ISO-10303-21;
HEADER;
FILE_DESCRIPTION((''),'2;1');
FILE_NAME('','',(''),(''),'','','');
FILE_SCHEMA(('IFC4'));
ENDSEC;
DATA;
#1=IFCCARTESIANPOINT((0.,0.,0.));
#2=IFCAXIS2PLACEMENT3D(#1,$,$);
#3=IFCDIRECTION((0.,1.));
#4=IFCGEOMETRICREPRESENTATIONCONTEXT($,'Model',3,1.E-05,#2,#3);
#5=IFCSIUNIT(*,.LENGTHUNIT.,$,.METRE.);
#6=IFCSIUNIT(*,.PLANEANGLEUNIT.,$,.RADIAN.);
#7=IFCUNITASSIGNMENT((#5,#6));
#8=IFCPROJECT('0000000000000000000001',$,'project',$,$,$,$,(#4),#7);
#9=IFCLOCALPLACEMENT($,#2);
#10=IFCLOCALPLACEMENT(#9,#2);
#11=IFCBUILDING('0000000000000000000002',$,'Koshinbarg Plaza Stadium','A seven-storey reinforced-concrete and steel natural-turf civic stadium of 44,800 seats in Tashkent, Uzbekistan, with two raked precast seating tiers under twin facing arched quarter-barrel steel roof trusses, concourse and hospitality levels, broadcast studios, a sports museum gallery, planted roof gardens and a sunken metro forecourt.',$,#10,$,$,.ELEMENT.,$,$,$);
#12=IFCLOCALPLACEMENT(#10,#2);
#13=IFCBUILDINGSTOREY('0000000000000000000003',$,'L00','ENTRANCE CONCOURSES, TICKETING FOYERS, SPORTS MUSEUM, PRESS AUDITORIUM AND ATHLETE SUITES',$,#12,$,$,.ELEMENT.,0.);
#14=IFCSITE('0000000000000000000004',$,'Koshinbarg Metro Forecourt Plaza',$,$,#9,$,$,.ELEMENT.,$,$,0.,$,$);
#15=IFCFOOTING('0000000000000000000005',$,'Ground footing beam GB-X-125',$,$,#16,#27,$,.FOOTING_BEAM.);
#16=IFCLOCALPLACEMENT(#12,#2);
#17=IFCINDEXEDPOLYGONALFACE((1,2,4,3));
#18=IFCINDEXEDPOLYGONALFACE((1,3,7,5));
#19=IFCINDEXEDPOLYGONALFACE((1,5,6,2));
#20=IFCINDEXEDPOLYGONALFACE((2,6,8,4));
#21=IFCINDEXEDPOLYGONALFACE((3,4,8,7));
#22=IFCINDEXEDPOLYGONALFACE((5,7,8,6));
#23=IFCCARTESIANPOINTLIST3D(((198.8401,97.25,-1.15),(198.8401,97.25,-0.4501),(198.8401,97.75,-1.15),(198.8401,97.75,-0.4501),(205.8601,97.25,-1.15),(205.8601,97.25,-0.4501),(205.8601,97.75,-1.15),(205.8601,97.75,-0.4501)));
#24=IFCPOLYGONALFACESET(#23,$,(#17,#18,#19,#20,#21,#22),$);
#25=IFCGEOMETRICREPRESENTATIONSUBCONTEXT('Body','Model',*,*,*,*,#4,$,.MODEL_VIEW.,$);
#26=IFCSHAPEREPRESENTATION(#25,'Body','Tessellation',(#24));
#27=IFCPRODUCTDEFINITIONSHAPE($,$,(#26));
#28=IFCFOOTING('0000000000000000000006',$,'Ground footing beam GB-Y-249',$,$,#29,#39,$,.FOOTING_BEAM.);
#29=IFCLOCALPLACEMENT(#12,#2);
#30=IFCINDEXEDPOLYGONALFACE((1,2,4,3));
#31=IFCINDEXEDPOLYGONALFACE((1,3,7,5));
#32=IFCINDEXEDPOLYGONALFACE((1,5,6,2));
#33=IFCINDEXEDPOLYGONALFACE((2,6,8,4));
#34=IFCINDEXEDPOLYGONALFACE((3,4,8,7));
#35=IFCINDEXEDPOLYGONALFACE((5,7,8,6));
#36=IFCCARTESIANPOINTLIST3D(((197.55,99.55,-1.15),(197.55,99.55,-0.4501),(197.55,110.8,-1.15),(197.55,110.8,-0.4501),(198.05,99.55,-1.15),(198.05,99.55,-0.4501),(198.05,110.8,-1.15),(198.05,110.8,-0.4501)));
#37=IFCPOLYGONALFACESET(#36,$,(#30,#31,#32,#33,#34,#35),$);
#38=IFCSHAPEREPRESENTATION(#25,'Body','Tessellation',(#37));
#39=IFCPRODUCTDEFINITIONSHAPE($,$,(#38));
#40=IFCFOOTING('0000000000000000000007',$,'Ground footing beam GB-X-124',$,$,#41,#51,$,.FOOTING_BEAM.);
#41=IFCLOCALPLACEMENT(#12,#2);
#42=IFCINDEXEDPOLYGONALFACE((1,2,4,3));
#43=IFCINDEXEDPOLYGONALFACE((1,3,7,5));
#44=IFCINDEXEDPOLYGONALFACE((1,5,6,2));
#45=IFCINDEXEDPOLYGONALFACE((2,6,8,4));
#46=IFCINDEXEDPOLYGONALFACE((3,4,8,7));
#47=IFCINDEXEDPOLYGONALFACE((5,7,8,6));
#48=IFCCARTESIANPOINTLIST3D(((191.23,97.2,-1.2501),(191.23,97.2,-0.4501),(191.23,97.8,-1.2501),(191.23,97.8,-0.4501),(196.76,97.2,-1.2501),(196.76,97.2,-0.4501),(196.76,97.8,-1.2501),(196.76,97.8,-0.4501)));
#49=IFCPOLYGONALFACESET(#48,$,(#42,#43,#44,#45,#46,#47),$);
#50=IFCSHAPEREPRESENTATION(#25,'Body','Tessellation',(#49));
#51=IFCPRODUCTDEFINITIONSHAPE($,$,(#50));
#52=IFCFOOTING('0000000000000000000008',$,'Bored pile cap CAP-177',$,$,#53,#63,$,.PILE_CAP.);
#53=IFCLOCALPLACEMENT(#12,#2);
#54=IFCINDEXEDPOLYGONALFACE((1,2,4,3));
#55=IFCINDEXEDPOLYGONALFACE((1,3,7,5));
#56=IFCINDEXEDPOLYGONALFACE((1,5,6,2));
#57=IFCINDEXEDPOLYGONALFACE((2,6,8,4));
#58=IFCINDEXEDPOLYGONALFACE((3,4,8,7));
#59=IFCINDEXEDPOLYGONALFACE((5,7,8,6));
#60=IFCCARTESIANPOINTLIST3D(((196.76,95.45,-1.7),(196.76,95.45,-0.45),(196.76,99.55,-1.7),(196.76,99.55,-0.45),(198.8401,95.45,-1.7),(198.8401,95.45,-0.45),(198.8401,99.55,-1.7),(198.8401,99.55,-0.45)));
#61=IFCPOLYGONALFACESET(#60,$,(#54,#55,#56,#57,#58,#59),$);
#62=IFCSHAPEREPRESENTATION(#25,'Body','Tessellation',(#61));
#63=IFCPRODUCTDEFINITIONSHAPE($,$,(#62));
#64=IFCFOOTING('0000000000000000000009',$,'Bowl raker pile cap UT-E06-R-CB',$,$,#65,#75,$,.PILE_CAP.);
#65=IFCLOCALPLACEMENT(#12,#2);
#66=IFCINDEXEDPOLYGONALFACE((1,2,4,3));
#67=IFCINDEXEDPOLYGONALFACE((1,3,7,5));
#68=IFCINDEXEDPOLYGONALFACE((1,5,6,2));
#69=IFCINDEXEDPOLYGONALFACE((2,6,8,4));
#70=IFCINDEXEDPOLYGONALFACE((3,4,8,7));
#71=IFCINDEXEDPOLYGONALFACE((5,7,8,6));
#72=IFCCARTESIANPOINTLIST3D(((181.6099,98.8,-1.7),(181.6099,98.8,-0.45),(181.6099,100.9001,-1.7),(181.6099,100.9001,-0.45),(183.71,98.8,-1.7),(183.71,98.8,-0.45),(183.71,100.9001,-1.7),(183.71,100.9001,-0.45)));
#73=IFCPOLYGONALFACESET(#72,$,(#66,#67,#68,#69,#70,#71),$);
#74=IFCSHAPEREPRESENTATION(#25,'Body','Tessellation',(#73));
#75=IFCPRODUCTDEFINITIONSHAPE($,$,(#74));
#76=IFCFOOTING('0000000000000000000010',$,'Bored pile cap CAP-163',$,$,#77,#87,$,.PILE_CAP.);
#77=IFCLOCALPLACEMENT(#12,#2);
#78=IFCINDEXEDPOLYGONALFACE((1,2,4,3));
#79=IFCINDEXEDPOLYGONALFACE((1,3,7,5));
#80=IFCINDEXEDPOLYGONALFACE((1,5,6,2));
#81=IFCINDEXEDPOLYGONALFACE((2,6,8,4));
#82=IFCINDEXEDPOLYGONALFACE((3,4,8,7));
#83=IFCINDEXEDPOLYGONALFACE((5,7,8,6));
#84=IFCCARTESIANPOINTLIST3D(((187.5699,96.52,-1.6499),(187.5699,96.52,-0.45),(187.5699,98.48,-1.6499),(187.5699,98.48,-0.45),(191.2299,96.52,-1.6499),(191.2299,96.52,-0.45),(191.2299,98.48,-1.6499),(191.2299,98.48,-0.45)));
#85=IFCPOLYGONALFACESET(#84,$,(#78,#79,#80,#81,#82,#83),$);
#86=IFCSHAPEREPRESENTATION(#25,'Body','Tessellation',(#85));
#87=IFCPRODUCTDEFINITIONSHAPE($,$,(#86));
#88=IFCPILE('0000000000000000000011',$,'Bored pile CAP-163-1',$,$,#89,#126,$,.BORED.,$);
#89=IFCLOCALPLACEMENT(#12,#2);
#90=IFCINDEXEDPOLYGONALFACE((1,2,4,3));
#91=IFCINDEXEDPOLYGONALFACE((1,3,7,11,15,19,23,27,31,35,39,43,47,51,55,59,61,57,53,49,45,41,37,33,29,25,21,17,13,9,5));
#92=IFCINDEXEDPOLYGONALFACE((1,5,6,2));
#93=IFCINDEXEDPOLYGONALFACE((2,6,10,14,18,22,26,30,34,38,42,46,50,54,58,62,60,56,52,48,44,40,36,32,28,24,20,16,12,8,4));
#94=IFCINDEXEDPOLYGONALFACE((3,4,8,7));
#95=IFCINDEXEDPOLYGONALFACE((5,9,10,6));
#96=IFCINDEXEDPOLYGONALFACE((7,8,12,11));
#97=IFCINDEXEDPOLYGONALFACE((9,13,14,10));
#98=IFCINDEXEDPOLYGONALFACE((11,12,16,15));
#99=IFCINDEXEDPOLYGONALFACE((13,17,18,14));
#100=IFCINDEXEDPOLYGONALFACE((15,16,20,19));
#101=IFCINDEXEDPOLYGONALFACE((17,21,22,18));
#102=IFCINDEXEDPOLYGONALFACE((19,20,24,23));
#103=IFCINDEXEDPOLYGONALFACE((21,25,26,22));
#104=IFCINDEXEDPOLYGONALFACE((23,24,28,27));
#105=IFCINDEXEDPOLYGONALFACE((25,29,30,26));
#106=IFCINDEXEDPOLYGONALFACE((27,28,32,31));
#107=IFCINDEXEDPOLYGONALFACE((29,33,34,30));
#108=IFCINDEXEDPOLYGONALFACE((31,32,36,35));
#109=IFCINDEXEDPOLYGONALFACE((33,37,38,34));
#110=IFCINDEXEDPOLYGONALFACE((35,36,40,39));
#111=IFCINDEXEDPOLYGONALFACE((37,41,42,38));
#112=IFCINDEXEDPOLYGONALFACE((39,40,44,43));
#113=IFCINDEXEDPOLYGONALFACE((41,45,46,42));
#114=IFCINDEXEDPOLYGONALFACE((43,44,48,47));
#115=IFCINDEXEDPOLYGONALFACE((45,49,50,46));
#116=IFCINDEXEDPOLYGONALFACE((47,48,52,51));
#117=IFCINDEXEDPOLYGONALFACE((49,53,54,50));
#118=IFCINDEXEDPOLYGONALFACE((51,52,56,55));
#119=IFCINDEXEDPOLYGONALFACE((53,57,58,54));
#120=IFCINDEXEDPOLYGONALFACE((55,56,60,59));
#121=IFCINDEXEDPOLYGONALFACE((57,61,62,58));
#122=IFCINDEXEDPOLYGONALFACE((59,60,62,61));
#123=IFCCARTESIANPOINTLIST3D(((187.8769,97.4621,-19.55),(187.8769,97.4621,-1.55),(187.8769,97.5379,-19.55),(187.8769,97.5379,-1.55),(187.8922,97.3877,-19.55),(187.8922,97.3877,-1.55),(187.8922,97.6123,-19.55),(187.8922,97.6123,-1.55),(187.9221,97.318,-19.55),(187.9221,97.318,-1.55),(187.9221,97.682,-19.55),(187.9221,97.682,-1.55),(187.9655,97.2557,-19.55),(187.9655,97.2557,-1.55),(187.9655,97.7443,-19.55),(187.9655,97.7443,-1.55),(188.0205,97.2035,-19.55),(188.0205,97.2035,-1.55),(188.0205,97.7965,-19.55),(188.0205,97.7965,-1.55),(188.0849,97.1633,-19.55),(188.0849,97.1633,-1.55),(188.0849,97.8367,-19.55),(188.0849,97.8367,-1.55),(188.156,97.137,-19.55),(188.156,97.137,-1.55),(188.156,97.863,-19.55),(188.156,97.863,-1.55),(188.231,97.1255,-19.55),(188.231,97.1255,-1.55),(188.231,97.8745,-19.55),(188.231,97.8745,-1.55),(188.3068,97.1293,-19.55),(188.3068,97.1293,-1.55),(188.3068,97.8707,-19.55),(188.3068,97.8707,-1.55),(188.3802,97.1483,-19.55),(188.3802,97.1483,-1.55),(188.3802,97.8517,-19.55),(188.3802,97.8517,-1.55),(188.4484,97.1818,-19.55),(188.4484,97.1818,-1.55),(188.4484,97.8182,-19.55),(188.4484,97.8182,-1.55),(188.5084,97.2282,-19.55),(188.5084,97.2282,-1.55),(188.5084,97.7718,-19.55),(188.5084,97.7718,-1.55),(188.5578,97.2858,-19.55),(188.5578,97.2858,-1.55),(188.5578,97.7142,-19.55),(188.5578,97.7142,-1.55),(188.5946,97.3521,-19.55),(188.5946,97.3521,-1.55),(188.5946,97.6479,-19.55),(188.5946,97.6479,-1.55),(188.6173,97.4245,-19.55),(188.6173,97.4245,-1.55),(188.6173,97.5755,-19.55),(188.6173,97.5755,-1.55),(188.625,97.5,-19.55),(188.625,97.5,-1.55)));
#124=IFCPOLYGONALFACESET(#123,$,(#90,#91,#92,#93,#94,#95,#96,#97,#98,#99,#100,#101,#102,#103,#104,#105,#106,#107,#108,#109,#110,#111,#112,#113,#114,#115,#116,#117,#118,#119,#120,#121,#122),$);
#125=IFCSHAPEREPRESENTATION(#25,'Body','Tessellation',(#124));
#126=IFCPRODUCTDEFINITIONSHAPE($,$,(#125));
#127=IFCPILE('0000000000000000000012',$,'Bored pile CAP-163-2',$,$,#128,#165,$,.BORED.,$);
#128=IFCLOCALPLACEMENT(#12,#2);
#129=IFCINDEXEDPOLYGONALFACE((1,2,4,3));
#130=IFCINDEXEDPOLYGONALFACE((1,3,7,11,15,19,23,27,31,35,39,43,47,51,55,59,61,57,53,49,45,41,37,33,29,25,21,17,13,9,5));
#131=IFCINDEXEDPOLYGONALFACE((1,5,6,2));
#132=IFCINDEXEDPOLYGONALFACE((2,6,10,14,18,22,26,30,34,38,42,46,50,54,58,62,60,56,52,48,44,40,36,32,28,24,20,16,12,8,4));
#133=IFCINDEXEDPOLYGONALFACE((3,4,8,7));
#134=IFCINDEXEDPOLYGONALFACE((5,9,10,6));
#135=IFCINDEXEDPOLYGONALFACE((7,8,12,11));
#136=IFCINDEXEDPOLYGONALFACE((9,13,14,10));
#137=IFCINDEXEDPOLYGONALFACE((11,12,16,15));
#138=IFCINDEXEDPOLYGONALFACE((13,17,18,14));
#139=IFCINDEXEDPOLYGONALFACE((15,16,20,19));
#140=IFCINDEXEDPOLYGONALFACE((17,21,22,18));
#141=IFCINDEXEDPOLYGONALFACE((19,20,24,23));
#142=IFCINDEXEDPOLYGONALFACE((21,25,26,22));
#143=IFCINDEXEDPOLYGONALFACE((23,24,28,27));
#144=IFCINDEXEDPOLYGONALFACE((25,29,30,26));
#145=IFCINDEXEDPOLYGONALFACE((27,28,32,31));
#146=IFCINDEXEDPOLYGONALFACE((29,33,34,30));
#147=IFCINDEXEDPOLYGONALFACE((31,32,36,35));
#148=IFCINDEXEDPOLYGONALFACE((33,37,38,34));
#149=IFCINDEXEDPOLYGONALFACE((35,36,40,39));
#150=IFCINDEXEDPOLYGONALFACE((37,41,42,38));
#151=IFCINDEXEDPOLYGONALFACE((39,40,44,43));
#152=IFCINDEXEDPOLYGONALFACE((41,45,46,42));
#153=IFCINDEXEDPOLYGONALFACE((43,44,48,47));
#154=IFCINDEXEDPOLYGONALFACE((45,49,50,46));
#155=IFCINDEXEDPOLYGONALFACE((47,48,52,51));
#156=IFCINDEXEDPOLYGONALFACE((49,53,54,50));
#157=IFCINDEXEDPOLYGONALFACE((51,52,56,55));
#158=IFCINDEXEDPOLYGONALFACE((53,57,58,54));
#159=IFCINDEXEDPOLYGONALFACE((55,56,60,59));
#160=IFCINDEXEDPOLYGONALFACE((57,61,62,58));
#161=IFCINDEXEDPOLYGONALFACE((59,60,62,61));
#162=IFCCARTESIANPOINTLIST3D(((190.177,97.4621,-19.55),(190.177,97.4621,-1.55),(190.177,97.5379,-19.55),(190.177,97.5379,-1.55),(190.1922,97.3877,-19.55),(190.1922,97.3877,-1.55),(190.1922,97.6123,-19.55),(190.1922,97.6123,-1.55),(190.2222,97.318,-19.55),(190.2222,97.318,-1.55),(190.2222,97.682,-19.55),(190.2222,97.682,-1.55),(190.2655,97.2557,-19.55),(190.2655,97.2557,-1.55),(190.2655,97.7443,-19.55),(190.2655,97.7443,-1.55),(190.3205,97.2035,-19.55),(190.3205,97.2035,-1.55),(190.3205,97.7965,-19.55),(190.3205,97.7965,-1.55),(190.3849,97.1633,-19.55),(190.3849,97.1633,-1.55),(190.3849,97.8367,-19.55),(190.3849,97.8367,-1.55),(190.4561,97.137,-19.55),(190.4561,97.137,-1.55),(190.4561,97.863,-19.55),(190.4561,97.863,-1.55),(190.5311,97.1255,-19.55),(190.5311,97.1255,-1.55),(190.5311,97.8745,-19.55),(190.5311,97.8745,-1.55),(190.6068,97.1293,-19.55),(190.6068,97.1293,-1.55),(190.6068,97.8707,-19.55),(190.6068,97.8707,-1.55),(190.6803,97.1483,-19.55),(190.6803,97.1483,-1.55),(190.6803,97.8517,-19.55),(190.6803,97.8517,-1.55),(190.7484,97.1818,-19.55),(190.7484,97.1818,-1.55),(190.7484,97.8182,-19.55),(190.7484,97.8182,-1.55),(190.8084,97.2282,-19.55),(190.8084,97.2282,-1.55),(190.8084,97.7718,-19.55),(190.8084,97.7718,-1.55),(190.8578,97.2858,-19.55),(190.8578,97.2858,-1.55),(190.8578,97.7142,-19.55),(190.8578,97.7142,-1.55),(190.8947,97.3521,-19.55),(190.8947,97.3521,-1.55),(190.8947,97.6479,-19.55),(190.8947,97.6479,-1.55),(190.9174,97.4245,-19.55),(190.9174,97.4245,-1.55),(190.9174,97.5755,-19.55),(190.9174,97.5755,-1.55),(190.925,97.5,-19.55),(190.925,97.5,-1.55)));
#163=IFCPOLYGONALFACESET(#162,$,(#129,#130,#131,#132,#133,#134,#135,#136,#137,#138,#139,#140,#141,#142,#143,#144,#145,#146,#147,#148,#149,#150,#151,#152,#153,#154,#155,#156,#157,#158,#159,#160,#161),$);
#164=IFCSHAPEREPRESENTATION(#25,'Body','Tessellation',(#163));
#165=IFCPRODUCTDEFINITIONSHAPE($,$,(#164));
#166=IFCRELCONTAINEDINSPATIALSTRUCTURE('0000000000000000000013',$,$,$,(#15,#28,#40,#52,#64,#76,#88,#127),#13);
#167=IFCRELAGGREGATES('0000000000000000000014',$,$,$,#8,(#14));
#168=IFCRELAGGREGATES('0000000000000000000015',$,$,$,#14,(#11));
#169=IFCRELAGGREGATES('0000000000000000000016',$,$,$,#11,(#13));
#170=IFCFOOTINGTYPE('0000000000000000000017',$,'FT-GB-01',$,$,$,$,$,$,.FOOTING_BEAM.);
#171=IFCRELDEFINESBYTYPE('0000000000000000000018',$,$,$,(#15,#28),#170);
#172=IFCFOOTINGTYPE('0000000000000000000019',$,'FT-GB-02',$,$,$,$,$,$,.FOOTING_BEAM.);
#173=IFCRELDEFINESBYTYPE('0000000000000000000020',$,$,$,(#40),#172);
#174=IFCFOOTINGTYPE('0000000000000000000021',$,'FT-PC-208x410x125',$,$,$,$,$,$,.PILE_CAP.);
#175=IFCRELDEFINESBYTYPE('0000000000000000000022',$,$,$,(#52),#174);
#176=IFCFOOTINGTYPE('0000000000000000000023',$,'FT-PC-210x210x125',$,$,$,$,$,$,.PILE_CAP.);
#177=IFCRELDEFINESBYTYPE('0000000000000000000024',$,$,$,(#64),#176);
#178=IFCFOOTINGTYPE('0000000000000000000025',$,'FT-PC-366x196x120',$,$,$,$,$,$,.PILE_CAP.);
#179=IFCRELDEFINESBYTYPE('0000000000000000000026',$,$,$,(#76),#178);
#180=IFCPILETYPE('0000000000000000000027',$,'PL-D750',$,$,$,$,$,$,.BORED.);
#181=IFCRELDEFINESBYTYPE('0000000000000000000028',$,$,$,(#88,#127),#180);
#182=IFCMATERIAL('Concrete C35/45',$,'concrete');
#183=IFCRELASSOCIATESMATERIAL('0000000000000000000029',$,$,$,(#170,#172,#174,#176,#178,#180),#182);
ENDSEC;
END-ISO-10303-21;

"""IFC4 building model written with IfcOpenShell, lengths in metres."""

from ifc_helpers import new_model, si_unit, direction, frame, origin, origin_2d, place, context, subcontext, project, spatial, rectangle, circle, extrude, material, material_profile, profile_set, type_object, element, save


model = new_model("IFC4")

# Units and contexts
model_context = context("Model", 3, precision=1e-05, world=origin(), true_north=direction((0.0, 1.0)))
body_context = subcontext(model_context, "Body", "Model", "MODEL_VIEW")
ifc_project = project(units=[si_unit("LENGTHUNIT", "METRE"), si_unit("PLANEANGLEUNIT", "RADIAN")], contexts=[model_context])

# Site, building, storey
site_placement = place(None, origin())
site = spatial("IfcSite", under=ifc_project, at=site_placement, Name="Koshinbarg Metro Forecourt Plaza", CompositionType="ELEMENT", RefElevation=0.0)
building_placement = place(site_placement, origin())
building = spatial("IfcBuilding", under=site, at=building_placement, Name="Koshinbarg Plaza Stadium", Description="A seven-storey reinforced-concrete and steel natural-turf civic stadium of 44,800 seats in Tashkent, Uzbekistan, with two raked precast seating tiers under twin facing arched quarter-barrel steel roof trusses, concourse and hospitality levels, broadcast studios, a sports museum gallery, planted roof gardens and a sunken metro forecourt.", CompositionType="ELEMENT")
storey_placement = place(building_placement, origin())
storey = spatial("IfcBuildingStorey", under=building, at=storey_placement, Name="L00", Description="ENTRANCE CONCOURSES, TICKETING FOYERS, SPORTS MUSEUM, PRESS AUDITORIUM AND ATHLETE SUITES", CompositionType="ELEMENT", Elevation=0.0)

# Footings
ifc_material_1 = material(Name="Concrete C35/45", Category="concrete")
ifc_material_profile_1 = material_profile(ifc_material_1, rectangle(XDim=0.5, YDim=0.7, at=origin_2d()), Name="GB 500x700")
ifc_profile_set_1 = profile_set([ifc_material_profile_1], Name="Concrete C35/45")
footing_type_1 = type_object("IfcFootingType", Name="FT-GB-01", PredefinedType="FOOTING_BEAM", material=ifc_profile_set_1)
footing_1_placement = place(storey_placement, frame((198.8401, 97.5, -0.8), z_axis=(1.0, 0.0, 0.0), x_axis=(0.0, 1.0, 0.0)))
element("IfcFooting", 1, at=footing_1_placement, inside=storey, type_object=footing_type_1, Name="Ground footing beam GB-X-125", PredefinedType="FOOTING_BEAM", context=body_context, shape_type="SweptSolid", body=[
    extrude(rectangle(XDim=0.5, YDim=0.7, at=origin_2d()), origin(), (0.0, 0.0, 1.0), 7.02),
])
footing_2_placement = place(storey_placement, frame((197.8, 99.55, -0.8), z_axis=(0.0, 1.0, 0.0), x_axis=(-1.0, 0.0, 0.0)))
element("IfcFooting", 2, at=footing_2_placement, inside=storey, type_object=footing_type_1, Name="Ground footing beam GB-Y-249", PredefinedType="FOOTING_BEAM", context=body_context, shape_type="SweptSolid", body=[
    extrude(rectangle(XDim=0.5, YDim=0.7, at=origin_2d()), origin(), (0.0, 0.0, 1.0), 11.25),
])
ifc_material_profile_2 = material_profile(ifc_material_1, rectangle(XDim=0.6001, YDim=0.8, at=origin_2d()), Name="GB 600x800")
ifc_profile_set_2 = profile_set([ifc_material_profile_2], Name="Concrete C35/45")
footing_type_2 = type_object("IfcFootingType", Name="FT-GB-02", PredefinedType="FOOTING_BEAM", material=ifc_profile_set_2)
footing_3_placement = place(storey_placement, frame((191.23, 97.5, -0.8501), z_axis=(1.0, 0.0, 0.0), x_axis=(0.0, 1.0, 0.0)))
element("IfcFooting", 3, at=footing_3_placement, inside=storey, type_object=footing_type_2, Name="Ground footing beam GB-X-124", PredefinedType="FOOTING_BEAM", context=body_context, shape_type="SweptSolid", body=[
    extrude(rectangle(XDim=0.6001, YDim=0.8, at=origin_2d()), origin(), (0.0, 0.0, 1.0), 5.53),
])
footing_type_3 = type_object("IfcFootingType", Name="FT-PC-208x410x125", PredefinedType="PILE_CAP", material=ifc_material_1)
footing_4_placement = place(storey_placement, frame((197.8, 97.5, -1.7), z_axis=(0.0, 0.0, 1.0), x_axis=(1.0, 0.0, 0.0)))
element("IfcFooting", 4, at=footing_4_placement, inside=storey, type_object=footing_type_3, Name="Bored pile cap CAP-177", PredefinedType="PILE_CAP", context=body_context, shape_type="SweptSolid", body=[
    extrude(rectangle(XDim=2.0801, YDim=4.1001, at=origin_2d()), origin(), (0.0, 0.0, 1.0), 1.25),
])
footing_type_4 = type_object("IfcFootingType", Name="FT-PC-210x210x125", PredefinedType="PILE_CAP", material=ifc_material_1)
footing_5_placement = place(storey_placement, frame((182.6599, 99.8501, -1.7), z_axis=(0.0, 0.0, 1.0), x_axis=(1.0, 0.0, 0.0)))
element("IfcFooting", 5, at=footing_5_placement, inside=storey, type_object=footing_type_4, Name="Bowl raker pile cap UT-E06-R-CB", PredefinedType="PILE_CAP", context=body_context, shape_type="SweptSolid", body=[
    extrude(rectangle(XDim=2.1001, YDim=2.1001, at=origin_2d()), origin(), (0.0, 0.0, 1.0), 1.25),
])
footing_type_5 = type_object("IfcFootingType", Name="FT-PC-366x196x120", PredefinedType="PILE_CAP", material=ifc_material_1)
footing_6_placement = place(storey_placement, frame((189.3999, 97.5, -1.6499), z_axis=(0.0, 0.0, 1.0), x_axis=(1.0, 0.0, 0.0)))
element("IfcFooting", 6, at=footing_6_placement, inside=storey, type_object=footing_type_5, Name="Bored pile cap CAP-163", PredefinedType="PILE_CAP", context=body_context, shape_type="SweptSolid", body=[
    extrude(rectangle(XDim=3.6599, YDim=1.96, at=origin_2d()), origin(), (0.0, 0.0, 1.0), 1.2),
])

# Piles
ifc_material_profile_3 = material_profile(ifc_material_1, circle(Radius=0.375, at=origin_2d()), Name="PILE D750")
ifc_profile_set_3 = profile_set([ifc_material_profile_3], Name="Concrete C35/45")
pile_type_1 = type_object("IfcPileType", Name="PL-D750", PredefinedType="BORED", material=ifc_profile_set_3)
for number, where, z_axis, x_axis, name in (
    (7, (188.25, 97.5, -1.55), (0.0, 0.0, -1.0), (1.0, 0.0, 0.0), "Bored pile CAP-163-1"),
    (8, (190.55, 97.5, -1.55), (0.0, 0.0, -1.0), (1.0, 0.0, 0.0), "Bored pile CAP-163-2"),
):
    element("IfcPile", number, at=place(storey_placement, frame(where, z_axis=z_axis, x_axis=x_axis)), inside=storey, type_object=pile_type_1, Name=name, PredefinedType="BORED", context=body_context, shape_type="SweptSolid", body=[
        extrude(circle(Radius=0.375, at=origin_2d()), origin(), (0.0, 0.0, 1.0), 18.0),
    ])

save(model, "model.ifc")
